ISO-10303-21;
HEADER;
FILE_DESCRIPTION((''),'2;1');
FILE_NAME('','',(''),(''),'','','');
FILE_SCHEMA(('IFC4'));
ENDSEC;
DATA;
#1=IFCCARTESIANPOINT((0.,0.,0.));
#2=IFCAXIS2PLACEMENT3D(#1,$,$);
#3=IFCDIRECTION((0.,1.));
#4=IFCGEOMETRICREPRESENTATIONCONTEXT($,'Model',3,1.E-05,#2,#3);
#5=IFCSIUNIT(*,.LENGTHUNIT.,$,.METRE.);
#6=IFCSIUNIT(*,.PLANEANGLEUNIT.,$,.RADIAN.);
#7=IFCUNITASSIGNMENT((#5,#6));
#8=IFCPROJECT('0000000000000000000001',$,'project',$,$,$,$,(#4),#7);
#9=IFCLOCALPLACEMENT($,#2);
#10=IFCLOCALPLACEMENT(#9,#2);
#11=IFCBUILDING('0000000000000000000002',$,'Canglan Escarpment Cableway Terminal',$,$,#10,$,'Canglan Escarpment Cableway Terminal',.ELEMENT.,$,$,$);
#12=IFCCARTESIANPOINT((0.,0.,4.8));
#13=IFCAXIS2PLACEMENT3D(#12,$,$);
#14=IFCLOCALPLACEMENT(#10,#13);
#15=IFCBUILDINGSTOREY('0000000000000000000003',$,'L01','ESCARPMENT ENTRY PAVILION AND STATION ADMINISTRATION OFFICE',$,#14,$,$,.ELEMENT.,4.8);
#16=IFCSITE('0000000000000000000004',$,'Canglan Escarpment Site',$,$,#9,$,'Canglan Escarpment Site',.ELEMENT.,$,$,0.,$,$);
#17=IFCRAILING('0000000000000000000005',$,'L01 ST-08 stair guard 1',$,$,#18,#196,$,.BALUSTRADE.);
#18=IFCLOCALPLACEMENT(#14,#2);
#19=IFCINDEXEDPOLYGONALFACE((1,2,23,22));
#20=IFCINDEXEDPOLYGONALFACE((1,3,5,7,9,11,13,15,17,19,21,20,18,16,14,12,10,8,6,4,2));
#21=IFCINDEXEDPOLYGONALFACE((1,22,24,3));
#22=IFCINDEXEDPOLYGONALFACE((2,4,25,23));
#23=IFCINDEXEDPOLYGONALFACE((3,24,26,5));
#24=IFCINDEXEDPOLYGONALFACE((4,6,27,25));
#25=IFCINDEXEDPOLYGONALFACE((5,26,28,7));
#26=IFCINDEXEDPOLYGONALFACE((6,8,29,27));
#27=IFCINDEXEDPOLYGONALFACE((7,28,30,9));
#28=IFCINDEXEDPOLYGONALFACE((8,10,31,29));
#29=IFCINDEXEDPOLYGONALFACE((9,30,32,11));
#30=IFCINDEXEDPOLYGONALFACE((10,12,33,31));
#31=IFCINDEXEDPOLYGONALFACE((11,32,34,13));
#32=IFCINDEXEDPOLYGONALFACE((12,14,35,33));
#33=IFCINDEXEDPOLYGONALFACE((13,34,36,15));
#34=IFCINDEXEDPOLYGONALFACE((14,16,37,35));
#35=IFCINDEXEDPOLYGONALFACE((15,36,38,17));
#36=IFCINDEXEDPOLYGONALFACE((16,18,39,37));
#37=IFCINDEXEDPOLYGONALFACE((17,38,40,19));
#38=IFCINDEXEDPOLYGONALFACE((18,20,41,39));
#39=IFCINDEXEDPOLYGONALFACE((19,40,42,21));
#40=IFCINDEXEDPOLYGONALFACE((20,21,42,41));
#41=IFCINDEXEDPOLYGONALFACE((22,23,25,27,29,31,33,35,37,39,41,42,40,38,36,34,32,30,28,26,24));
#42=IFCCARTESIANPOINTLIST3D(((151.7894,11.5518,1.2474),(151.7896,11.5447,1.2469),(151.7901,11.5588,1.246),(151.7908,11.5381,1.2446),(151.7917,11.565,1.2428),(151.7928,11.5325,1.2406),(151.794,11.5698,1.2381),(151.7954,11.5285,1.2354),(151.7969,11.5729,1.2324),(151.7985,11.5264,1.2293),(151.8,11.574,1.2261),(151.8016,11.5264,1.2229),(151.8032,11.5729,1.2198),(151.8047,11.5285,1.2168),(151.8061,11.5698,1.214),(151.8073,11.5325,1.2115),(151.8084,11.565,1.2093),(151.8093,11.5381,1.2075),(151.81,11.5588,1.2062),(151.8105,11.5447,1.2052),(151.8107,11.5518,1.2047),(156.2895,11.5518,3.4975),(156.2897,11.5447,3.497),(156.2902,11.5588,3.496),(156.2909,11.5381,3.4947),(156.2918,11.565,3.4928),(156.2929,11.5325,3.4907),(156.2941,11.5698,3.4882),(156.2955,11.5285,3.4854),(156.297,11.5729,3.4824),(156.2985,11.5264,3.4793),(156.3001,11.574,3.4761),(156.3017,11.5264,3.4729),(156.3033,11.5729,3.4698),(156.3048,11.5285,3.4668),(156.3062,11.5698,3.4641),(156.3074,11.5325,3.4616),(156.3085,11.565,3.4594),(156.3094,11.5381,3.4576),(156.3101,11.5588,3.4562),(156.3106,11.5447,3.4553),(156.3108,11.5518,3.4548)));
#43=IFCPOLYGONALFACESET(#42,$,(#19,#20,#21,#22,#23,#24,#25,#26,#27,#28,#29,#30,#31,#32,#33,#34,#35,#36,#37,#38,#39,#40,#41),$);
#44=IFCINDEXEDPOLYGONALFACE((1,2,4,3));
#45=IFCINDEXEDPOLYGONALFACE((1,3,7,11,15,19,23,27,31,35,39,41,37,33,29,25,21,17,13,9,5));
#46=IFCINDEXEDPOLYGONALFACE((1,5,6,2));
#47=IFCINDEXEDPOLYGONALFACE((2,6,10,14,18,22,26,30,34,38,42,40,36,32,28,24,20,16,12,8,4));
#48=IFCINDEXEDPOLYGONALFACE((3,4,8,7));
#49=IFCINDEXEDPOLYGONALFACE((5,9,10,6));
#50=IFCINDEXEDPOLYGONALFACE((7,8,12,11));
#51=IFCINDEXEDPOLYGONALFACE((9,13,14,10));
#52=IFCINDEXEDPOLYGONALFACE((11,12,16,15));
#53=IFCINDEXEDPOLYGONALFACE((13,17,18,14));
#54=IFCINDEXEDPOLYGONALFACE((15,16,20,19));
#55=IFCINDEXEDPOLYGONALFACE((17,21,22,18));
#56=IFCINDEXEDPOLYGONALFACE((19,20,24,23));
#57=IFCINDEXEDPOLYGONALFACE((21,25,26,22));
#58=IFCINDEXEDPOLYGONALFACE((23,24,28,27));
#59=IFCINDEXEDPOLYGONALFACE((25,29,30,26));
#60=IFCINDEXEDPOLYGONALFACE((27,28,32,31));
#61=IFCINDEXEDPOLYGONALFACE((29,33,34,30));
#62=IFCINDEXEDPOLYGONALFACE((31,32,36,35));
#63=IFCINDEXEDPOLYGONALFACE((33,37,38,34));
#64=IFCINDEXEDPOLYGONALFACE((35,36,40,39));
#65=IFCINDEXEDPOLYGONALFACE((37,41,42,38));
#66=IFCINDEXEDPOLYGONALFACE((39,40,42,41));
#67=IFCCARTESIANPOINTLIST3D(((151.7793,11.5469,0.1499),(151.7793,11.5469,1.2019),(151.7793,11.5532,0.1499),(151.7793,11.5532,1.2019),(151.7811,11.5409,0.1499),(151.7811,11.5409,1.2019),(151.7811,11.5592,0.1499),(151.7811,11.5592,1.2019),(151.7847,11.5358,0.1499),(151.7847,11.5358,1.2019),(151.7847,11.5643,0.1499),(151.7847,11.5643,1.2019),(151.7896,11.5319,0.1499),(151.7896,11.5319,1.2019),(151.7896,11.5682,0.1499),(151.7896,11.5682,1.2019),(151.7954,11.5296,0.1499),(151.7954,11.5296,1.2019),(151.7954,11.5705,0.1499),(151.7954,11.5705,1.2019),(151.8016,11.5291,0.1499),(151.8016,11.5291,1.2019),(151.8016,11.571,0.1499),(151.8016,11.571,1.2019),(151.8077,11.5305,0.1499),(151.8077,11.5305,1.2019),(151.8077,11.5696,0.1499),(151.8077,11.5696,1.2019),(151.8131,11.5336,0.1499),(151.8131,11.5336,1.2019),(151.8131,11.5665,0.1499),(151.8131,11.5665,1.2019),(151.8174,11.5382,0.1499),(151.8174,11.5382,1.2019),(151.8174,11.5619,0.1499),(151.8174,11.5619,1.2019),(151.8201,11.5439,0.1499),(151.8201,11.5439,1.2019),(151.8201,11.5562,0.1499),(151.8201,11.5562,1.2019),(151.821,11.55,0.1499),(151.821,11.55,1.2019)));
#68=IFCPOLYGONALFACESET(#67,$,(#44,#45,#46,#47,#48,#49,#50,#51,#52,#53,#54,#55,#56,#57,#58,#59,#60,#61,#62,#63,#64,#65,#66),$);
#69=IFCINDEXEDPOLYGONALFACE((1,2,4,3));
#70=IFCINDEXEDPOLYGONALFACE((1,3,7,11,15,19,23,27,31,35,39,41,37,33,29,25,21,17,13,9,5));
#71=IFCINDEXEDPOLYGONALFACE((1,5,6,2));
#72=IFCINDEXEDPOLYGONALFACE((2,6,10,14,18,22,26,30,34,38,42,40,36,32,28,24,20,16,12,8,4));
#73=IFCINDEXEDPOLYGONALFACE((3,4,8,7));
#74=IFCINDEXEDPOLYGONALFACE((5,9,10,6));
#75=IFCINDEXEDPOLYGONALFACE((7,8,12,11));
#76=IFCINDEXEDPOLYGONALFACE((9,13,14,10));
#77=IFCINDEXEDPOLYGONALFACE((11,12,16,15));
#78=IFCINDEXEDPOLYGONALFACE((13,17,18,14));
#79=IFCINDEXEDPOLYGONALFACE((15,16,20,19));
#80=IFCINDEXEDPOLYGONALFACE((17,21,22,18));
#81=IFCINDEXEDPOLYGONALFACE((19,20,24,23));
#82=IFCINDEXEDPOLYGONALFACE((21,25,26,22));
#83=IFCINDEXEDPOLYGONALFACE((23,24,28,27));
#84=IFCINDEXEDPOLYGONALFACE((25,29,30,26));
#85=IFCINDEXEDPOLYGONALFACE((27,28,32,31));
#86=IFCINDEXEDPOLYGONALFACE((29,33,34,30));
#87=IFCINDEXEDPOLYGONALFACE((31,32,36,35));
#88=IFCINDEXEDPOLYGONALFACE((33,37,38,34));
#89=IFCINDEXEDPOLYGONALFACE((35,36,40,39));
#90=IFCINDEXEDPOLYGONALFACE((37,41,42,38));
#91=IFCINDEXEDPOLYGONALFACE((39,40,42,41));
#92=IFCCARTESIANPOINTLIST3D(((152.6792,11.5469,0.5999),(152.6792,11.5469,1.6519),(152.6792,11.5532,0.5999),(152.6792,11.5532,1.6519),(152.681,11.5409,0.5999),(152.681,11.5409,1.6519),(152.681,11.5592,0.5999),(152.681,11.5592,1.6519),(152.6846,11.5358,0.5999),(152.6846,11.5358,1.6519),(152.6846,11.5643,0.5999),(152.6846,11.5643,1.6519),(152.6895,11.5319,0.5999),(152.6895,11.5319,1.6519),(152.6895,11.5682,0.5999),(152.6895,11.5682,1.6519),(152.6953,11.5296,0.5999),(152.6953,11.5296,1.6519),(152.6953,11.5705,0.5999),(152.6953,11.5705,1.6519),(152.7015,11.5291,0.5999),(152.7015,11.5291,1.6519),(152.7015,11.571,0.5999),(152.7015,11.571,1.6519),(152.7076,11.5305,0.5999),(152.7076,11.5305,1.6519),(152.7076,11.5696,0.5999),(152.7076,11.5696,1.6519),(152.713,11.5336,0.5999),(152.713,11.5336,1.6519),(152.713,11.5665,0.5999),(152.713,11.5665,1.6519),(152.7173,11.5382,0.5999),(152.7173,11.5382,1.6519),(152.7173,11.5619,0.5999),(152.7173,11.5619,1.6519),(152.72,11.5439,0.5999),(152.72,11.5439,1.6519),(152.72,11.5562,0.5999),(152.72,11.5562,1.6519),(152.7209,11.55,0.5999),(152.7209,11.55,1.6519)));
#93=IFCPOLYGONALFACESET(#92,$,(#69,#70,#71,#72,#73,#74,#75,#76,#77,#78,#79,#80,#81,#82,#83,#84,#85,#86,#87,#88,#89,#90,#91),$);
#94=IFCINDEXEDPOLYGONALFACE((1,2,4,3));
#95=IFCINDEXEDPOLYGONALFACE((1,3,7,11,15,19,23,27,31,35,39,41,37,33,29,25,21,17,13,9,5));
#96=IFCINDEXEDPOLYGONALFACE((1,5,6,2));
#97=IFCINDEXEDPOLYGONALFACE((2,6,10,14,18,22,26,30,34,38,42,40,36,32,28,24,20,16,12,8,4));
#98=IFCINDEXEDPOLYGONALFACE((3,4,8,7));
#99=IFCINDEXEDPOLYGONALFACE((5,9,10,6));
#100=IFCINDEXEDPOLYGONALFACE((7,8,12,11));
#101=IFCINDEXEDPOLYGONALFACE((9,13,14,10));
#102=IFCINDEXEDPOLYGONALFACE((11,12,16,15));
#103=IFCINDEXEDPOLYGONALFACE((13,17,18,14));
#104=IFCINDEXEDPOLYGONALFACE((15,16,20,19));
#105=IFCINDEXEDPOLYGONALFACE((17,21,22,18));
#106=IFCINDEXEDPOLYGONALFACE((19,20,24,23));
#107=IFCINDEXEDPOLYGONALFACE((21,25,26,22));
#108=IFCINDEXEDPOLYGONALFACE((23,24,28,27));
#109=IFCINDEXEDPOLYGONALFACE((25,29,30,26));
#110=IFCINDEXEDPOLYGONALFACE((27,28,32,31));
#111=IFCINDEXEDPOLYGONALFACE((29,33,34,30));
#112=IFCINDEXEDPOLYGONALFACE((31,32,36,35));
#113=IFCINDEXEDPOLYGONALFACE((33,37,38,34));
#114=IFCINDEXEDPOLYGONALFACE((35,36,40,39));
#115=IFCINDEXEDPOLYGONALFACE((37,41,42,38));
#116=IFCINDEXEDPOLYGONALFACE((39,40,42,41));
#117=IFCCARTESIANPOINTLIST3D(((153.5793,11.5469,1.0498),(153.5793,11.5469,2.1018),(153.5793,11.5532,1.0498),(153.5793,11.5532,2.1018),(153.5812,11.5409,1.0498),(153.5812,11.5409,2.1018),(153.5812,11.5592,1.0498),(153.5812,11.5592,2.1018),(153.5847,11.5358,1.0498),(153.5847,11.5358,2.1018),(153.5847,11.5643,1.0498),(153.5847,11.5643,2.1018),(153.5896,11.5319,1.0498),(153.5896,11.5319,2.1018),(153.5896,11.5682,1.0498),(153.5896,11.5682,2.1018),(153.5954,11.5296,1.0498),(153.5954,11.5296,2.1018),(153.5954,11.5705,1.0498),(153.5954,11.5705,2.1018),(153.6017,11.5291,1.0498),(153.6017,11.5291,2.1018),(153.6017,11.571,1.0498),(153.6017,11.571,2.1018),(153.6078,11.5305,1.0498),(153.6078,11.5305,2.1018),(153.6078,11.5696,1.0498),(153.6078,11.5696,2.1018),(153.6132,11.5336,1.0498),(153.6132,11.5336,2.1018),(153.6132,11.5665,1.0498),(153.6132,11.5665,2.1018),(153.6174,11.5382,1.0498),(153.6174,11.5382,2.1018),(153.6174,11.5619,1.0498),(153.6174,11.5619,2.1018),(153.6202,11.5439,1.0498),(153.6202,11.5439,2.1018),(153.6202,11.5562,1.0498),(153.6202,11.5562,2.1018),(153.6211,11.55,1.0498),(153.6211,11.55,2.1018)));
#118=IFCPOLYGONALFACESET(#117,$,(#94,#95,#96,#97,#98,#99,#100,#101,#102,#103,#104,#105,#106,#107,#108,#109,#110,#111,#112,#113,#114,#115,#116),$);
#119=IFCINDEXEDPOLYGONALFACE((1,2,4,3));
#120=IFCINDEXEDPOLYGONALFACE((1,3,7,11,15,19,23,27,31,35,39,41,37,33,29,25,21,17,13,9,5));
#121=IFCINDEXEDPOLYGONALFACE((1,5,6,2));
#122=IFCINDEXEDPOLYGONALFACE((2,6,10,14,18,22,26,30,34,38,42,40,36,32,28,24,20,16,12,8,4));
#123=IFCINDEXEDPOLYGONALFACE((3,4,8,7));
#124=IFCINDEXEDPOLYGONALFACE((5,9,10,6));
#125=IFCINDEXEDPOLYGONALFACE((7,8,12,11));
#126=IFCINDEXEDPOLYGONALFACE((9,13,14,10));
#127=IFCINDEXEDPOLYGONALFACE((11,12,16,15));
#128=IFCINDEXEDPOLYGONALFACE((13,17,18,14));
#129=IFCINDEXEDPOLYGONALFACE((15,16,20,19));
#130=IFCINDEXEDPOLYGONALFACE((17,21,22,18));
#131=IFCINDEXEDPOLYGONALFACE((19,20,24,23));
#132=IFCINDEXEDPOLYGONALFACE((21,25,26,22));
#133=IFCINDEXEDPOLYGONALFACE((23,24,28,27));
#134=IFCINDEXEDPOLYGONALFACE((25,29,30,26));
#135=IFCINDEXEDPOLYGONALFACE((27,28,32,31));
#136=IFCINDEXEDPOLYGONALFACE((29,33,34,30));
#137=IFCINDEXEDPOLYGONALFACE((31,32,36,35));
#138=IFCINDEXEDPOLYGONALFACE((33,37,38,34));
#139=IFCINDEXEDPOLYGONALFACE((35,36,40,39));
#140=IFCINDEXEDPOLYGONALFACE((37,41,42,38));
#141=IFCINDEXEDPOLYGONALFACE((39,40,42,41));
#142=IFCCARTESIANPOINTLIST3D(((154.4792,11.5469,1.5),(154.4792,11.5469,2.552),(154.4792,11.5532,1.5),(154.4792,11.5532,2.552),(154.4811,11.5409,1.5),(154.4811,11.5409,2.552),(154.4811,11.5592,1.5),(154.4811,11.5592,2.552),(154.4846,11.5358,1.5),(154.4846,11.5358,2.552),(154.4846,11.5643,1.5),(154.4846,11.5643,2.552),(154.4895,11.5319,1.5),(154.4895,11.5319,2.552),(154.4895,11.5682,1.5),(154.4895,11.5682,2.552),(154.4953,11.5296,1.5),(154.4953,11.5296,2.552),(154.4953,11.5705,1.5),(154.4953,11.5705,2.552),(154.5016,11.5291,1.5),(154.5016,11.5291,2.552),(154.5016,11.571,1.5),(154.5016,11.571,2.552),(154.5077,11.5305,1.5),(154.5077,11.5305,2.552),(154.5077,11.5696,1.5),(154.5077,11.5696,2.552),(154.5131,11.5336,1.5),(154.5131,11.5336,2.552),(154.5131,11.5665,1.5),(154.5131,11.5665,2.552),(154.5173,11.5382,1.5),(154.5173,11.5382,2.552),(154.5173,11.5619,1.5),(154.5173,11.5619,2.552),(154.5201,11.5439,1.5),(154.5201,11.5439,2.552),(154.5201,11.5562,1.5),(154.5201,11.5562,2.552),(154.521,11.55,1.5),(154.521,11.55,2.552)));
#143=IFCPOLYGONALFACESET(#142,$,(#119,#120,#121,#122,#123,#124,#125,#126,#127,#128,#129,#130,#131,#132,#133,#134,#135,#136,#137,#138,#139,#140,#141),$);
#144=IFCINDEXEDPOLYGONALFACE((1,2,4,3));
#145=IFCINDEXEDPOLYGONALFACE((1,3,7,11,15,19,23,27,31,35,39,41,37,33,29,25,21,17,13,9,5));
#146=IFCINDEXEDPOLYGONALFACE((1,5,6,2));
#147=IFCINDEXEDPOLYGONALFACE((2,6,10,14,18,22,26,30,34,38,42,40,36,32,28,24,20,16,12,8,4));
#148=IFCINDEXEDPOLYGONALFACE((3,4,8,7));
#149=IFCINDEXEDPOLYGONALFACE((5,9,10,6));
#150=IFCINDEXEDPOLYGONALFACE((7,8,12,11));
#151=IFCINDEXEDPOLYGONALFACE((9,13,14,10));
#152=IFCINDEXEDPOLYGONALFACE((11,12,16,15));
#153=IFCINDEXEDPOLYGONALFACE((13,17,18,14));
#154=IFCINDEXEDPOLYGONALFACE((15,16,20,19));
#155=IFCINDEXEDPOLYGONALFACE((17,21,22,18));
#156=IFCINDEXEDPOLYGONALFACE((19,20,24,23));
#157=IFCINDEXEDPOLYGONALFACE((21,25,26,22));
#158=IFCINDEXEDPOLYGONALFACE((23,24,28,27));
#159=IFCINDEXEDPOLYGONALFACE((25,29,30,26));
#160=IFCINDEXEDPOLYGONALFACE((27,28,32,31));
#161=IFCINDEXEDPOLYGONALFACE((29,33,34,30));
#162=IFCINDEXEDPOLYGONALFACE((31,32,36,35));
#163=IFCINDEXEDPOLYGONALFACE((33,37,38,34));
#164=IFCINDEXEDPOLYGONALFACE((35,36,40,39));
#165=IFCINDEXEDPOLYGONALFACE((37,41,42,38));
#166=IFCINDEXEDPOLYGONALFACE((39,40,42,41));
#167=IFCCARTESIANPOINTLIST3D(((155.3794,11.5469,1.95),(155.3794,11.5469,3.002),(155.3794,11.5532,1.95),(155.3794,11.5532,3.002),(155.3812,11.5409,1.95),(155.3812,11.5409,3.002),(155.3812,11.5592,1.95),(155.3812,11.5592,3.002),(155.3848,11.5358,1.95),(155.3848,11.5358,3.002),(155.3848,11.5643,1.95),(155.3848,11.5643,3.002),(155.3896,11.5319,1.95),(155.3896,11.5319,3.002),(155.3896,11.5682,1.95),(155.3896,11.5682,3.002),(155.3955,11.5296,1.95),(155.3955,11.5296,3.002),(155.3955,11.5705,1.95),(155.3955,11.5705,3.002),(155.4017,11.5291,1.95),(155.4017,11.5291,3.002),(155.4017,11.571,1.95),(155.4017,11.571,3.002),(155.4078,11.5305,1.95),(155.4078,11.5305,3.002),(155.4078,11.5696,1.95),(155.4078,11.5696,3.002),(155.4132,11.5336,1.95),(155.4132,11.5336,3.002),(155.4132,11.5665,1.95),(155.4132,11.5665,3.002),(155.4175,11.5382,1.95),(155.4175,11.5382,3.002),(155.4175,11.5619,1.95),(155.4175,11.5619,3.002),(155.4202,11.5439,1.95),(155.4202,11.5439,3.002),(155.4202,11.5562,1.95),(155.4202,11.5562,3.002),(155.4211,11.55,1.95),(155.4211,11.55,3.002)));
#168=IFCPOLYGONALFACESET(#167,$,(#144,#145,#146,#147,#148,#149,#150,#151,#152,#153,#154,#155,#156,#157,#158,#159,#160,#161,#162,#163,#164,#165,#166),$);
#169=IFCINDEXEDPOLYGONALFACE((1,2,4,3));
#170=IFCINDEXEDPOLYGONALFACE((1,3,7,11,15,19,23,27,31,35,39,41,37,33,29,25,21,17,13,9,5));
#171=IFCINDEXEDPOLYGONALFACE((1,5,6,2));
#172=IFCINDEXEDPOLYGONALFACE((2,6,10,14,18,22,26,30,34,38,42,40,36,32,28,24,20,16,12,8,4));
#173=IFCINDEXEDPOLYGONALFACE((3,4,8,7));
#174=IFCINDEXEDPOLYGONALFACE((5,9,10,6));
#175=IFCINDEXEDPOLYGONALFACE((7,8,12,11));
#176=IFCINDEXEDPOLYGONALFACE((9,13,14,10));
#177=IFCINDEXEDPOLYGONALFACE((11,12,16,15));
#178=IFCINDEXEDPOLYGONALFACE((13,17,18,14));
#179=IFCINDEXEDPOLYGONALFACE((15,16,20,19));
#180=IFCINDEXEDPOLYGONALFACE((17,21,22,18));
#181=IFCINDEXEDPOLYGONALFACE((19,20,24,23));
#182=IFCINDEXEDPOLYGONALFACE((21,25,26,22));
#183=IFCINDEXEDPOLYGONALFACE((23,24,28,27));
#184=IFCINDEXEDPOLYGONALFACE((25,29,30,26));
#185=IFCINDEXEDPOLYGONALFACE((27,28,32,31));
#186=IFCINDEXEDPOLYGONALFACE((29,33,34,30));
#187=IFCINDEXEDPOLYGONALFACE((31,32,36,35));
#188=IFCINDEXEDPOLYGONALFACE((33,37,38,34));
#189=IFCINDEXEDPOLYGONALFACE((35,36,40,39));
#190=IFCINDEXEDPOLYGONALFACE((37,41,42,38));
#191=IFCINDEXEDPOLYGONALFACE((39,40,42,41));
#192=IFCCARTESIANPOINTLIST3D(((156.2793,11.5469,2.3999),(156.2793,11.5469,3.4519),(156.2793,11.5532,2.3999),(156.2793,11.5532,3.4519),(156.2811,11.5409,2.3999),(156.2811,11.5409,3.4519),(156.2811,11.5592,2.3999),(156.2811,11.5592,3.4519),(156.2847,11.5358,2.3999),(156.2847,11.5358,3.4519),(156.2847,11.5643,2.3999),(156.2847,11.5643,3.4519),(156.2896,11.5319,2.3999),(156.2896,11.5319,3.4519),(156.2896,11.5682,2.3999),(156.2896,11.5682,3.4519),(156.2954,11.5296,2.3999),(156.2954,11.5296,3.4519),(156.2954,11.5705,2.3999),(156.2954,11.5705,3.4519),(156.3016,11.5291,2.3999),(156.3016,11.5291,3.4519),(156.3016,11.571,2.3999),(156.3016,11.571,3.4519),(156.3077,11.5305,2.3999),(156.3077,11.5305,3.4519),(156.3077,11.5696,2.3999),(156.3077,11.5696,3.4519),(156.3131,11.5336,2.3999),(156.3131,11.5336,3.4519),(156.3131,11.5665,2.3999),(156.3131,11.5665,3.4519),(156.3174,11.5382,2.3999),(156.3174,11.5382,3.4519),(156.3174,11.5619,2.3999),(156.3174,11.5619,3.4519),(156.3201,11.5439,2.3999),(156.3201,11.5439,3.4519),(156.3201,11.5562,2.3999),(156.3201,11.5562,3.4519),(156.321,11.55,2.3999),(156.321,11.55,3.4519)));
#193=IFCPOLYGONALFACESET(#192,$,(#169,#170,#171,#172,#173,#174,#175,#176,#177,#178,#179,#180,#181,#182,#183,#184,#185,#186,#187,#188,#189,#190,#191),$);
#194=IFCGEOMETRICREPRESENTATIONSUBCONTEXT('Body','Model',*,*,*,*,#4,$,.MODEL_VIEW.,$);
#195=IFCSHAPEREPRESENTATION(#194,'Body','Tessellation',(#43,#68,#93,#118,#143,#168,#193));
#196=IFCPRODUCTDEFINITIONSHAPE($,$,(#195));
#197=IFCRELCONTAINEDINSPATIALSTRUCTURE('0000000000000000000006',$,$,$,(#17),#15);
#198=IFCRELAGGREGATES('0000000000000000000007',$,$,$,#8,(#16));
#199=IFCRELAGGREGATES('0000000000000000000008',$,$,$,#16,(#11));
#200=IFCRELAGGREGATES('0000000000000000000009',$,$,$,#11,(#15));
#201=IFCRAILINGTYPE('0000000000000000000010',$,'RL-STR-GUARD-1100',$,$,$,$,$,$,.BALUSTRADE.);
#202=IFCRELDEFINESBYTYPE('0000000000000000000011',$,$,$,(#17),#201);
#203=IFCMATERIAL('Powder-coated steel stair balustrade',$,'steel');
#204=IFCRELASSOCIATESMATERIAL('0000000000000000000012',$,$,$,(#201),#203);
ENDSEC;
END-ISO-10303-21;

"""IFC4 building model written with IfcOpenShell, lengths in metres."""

from ifc_helpers import new_model, si_unit, direction, frame, origin, origin_2d, place, context, subcontext, project, spatial, circle, extrude, material, type_object, element, save


model = new_model("IFC4")

# Units and contexts
model_context = context("Model", 3, precision=1e-05, world=origin(), true_north=direction((0.0, 1.0)))
body_context = subcontext(model_context, "Body", "Model", "MODEL_VIEW")
ifc_project = project(units=[si_unit("LENGTHUNIT", "METRE"), si_unit("PLANEANGLEUNIT", "RADIAN")], contexts=[model_context])

# Site, building, storey
site_placement = place(None, origin())
site = spatial("IfcSite", under=ifc_project, at=site_placement, Name="Canglan Escarpment Site", LongName="Canglan Escarpment Site", CompositionType="ELEMENT", RefElevation=0.0)
building_placement = place(site_placement, origin())
building = spatial("IfcBuilding", under=site, at=building_placement, Name="Canglan Escarpment Cableway Terminal", LongName="Canglan Escarpment Cableway Terminal", CompositionType="ELEMENT")
storey_placement = place(building_placement, frame((0.0, 0.0, 4.8)))
storey = spatial("IfcBuildingStorey", under=building, at=storey_placement, Name="L01", Description="ESCARPMENT ENTRY PAVILION AND STATION ADMINISTRATION OFFICE", CompositionType="ELEMENT", Elevation=4.8)

# Railing
ifc_material_1 = material(Name="Powder-coated steel stair balustrade", Category="steel")
railing_type_1 = type_object("IfcRailingType", Name="RL-STR-GUARD-1100", PredefinedType="BALUSTRADE", material=ifc_material_1)
railing_1_placement = place(storey_placement, frame((151.8, 11.55, 0.1499)))
element("IfcRailing", 1, at=railing_1_placement, inside=storey, type_object=railing_type_1, Name="L01 ST-08 stair guard 1", PredefinedType="BALUSTRADE", context=body_context, shape_type="SweptSolid", body=[
    extrude(circle(Radius=0.0239, at=origin_2d()), frame((0.0, 0.0, 1.0762), z_axis=(0.894427, 0.0, 0.447214), x_axis=(0.0, 1.0, 0.0)), (0.0, 0.0, 1.0), 5.0312),
    extrude(circle(Radius=0.021, at=origin_2d()), origin(), (0.0, 0.0, 1.0), 1.052),
    extrude(circle(Radius=0.021, at=origin_2d()), frame((0.8999, 0.0, 0.45)), (0.0, 0.0, 1.0), 1.052),
    extrude(circle(Radius=0.021, at=origin_2d()), frame((1.8, 0.0, 0.8999)), (0.0, 0.0, 1.0), 1.052),
    extrude(circle(Radius=0.021, at=origin_2d()), frame((2.7, 0.0, 1.3501)), (0.0, 0.0, 1.0), 1.052),
    extrude(circle(Radius=0.021, at=origin_2d()), frame((3.6001, 0.0, 1.8)), (0.0, 0.0, 1.0), 1.052),
    extrude(circle(Radius=0.021, at=origin_2d()), frame((4.5, 0.0, 2.25)), (0.0, 0.0, 1.0), 1.052),
])

save(model, "model.ifc")
